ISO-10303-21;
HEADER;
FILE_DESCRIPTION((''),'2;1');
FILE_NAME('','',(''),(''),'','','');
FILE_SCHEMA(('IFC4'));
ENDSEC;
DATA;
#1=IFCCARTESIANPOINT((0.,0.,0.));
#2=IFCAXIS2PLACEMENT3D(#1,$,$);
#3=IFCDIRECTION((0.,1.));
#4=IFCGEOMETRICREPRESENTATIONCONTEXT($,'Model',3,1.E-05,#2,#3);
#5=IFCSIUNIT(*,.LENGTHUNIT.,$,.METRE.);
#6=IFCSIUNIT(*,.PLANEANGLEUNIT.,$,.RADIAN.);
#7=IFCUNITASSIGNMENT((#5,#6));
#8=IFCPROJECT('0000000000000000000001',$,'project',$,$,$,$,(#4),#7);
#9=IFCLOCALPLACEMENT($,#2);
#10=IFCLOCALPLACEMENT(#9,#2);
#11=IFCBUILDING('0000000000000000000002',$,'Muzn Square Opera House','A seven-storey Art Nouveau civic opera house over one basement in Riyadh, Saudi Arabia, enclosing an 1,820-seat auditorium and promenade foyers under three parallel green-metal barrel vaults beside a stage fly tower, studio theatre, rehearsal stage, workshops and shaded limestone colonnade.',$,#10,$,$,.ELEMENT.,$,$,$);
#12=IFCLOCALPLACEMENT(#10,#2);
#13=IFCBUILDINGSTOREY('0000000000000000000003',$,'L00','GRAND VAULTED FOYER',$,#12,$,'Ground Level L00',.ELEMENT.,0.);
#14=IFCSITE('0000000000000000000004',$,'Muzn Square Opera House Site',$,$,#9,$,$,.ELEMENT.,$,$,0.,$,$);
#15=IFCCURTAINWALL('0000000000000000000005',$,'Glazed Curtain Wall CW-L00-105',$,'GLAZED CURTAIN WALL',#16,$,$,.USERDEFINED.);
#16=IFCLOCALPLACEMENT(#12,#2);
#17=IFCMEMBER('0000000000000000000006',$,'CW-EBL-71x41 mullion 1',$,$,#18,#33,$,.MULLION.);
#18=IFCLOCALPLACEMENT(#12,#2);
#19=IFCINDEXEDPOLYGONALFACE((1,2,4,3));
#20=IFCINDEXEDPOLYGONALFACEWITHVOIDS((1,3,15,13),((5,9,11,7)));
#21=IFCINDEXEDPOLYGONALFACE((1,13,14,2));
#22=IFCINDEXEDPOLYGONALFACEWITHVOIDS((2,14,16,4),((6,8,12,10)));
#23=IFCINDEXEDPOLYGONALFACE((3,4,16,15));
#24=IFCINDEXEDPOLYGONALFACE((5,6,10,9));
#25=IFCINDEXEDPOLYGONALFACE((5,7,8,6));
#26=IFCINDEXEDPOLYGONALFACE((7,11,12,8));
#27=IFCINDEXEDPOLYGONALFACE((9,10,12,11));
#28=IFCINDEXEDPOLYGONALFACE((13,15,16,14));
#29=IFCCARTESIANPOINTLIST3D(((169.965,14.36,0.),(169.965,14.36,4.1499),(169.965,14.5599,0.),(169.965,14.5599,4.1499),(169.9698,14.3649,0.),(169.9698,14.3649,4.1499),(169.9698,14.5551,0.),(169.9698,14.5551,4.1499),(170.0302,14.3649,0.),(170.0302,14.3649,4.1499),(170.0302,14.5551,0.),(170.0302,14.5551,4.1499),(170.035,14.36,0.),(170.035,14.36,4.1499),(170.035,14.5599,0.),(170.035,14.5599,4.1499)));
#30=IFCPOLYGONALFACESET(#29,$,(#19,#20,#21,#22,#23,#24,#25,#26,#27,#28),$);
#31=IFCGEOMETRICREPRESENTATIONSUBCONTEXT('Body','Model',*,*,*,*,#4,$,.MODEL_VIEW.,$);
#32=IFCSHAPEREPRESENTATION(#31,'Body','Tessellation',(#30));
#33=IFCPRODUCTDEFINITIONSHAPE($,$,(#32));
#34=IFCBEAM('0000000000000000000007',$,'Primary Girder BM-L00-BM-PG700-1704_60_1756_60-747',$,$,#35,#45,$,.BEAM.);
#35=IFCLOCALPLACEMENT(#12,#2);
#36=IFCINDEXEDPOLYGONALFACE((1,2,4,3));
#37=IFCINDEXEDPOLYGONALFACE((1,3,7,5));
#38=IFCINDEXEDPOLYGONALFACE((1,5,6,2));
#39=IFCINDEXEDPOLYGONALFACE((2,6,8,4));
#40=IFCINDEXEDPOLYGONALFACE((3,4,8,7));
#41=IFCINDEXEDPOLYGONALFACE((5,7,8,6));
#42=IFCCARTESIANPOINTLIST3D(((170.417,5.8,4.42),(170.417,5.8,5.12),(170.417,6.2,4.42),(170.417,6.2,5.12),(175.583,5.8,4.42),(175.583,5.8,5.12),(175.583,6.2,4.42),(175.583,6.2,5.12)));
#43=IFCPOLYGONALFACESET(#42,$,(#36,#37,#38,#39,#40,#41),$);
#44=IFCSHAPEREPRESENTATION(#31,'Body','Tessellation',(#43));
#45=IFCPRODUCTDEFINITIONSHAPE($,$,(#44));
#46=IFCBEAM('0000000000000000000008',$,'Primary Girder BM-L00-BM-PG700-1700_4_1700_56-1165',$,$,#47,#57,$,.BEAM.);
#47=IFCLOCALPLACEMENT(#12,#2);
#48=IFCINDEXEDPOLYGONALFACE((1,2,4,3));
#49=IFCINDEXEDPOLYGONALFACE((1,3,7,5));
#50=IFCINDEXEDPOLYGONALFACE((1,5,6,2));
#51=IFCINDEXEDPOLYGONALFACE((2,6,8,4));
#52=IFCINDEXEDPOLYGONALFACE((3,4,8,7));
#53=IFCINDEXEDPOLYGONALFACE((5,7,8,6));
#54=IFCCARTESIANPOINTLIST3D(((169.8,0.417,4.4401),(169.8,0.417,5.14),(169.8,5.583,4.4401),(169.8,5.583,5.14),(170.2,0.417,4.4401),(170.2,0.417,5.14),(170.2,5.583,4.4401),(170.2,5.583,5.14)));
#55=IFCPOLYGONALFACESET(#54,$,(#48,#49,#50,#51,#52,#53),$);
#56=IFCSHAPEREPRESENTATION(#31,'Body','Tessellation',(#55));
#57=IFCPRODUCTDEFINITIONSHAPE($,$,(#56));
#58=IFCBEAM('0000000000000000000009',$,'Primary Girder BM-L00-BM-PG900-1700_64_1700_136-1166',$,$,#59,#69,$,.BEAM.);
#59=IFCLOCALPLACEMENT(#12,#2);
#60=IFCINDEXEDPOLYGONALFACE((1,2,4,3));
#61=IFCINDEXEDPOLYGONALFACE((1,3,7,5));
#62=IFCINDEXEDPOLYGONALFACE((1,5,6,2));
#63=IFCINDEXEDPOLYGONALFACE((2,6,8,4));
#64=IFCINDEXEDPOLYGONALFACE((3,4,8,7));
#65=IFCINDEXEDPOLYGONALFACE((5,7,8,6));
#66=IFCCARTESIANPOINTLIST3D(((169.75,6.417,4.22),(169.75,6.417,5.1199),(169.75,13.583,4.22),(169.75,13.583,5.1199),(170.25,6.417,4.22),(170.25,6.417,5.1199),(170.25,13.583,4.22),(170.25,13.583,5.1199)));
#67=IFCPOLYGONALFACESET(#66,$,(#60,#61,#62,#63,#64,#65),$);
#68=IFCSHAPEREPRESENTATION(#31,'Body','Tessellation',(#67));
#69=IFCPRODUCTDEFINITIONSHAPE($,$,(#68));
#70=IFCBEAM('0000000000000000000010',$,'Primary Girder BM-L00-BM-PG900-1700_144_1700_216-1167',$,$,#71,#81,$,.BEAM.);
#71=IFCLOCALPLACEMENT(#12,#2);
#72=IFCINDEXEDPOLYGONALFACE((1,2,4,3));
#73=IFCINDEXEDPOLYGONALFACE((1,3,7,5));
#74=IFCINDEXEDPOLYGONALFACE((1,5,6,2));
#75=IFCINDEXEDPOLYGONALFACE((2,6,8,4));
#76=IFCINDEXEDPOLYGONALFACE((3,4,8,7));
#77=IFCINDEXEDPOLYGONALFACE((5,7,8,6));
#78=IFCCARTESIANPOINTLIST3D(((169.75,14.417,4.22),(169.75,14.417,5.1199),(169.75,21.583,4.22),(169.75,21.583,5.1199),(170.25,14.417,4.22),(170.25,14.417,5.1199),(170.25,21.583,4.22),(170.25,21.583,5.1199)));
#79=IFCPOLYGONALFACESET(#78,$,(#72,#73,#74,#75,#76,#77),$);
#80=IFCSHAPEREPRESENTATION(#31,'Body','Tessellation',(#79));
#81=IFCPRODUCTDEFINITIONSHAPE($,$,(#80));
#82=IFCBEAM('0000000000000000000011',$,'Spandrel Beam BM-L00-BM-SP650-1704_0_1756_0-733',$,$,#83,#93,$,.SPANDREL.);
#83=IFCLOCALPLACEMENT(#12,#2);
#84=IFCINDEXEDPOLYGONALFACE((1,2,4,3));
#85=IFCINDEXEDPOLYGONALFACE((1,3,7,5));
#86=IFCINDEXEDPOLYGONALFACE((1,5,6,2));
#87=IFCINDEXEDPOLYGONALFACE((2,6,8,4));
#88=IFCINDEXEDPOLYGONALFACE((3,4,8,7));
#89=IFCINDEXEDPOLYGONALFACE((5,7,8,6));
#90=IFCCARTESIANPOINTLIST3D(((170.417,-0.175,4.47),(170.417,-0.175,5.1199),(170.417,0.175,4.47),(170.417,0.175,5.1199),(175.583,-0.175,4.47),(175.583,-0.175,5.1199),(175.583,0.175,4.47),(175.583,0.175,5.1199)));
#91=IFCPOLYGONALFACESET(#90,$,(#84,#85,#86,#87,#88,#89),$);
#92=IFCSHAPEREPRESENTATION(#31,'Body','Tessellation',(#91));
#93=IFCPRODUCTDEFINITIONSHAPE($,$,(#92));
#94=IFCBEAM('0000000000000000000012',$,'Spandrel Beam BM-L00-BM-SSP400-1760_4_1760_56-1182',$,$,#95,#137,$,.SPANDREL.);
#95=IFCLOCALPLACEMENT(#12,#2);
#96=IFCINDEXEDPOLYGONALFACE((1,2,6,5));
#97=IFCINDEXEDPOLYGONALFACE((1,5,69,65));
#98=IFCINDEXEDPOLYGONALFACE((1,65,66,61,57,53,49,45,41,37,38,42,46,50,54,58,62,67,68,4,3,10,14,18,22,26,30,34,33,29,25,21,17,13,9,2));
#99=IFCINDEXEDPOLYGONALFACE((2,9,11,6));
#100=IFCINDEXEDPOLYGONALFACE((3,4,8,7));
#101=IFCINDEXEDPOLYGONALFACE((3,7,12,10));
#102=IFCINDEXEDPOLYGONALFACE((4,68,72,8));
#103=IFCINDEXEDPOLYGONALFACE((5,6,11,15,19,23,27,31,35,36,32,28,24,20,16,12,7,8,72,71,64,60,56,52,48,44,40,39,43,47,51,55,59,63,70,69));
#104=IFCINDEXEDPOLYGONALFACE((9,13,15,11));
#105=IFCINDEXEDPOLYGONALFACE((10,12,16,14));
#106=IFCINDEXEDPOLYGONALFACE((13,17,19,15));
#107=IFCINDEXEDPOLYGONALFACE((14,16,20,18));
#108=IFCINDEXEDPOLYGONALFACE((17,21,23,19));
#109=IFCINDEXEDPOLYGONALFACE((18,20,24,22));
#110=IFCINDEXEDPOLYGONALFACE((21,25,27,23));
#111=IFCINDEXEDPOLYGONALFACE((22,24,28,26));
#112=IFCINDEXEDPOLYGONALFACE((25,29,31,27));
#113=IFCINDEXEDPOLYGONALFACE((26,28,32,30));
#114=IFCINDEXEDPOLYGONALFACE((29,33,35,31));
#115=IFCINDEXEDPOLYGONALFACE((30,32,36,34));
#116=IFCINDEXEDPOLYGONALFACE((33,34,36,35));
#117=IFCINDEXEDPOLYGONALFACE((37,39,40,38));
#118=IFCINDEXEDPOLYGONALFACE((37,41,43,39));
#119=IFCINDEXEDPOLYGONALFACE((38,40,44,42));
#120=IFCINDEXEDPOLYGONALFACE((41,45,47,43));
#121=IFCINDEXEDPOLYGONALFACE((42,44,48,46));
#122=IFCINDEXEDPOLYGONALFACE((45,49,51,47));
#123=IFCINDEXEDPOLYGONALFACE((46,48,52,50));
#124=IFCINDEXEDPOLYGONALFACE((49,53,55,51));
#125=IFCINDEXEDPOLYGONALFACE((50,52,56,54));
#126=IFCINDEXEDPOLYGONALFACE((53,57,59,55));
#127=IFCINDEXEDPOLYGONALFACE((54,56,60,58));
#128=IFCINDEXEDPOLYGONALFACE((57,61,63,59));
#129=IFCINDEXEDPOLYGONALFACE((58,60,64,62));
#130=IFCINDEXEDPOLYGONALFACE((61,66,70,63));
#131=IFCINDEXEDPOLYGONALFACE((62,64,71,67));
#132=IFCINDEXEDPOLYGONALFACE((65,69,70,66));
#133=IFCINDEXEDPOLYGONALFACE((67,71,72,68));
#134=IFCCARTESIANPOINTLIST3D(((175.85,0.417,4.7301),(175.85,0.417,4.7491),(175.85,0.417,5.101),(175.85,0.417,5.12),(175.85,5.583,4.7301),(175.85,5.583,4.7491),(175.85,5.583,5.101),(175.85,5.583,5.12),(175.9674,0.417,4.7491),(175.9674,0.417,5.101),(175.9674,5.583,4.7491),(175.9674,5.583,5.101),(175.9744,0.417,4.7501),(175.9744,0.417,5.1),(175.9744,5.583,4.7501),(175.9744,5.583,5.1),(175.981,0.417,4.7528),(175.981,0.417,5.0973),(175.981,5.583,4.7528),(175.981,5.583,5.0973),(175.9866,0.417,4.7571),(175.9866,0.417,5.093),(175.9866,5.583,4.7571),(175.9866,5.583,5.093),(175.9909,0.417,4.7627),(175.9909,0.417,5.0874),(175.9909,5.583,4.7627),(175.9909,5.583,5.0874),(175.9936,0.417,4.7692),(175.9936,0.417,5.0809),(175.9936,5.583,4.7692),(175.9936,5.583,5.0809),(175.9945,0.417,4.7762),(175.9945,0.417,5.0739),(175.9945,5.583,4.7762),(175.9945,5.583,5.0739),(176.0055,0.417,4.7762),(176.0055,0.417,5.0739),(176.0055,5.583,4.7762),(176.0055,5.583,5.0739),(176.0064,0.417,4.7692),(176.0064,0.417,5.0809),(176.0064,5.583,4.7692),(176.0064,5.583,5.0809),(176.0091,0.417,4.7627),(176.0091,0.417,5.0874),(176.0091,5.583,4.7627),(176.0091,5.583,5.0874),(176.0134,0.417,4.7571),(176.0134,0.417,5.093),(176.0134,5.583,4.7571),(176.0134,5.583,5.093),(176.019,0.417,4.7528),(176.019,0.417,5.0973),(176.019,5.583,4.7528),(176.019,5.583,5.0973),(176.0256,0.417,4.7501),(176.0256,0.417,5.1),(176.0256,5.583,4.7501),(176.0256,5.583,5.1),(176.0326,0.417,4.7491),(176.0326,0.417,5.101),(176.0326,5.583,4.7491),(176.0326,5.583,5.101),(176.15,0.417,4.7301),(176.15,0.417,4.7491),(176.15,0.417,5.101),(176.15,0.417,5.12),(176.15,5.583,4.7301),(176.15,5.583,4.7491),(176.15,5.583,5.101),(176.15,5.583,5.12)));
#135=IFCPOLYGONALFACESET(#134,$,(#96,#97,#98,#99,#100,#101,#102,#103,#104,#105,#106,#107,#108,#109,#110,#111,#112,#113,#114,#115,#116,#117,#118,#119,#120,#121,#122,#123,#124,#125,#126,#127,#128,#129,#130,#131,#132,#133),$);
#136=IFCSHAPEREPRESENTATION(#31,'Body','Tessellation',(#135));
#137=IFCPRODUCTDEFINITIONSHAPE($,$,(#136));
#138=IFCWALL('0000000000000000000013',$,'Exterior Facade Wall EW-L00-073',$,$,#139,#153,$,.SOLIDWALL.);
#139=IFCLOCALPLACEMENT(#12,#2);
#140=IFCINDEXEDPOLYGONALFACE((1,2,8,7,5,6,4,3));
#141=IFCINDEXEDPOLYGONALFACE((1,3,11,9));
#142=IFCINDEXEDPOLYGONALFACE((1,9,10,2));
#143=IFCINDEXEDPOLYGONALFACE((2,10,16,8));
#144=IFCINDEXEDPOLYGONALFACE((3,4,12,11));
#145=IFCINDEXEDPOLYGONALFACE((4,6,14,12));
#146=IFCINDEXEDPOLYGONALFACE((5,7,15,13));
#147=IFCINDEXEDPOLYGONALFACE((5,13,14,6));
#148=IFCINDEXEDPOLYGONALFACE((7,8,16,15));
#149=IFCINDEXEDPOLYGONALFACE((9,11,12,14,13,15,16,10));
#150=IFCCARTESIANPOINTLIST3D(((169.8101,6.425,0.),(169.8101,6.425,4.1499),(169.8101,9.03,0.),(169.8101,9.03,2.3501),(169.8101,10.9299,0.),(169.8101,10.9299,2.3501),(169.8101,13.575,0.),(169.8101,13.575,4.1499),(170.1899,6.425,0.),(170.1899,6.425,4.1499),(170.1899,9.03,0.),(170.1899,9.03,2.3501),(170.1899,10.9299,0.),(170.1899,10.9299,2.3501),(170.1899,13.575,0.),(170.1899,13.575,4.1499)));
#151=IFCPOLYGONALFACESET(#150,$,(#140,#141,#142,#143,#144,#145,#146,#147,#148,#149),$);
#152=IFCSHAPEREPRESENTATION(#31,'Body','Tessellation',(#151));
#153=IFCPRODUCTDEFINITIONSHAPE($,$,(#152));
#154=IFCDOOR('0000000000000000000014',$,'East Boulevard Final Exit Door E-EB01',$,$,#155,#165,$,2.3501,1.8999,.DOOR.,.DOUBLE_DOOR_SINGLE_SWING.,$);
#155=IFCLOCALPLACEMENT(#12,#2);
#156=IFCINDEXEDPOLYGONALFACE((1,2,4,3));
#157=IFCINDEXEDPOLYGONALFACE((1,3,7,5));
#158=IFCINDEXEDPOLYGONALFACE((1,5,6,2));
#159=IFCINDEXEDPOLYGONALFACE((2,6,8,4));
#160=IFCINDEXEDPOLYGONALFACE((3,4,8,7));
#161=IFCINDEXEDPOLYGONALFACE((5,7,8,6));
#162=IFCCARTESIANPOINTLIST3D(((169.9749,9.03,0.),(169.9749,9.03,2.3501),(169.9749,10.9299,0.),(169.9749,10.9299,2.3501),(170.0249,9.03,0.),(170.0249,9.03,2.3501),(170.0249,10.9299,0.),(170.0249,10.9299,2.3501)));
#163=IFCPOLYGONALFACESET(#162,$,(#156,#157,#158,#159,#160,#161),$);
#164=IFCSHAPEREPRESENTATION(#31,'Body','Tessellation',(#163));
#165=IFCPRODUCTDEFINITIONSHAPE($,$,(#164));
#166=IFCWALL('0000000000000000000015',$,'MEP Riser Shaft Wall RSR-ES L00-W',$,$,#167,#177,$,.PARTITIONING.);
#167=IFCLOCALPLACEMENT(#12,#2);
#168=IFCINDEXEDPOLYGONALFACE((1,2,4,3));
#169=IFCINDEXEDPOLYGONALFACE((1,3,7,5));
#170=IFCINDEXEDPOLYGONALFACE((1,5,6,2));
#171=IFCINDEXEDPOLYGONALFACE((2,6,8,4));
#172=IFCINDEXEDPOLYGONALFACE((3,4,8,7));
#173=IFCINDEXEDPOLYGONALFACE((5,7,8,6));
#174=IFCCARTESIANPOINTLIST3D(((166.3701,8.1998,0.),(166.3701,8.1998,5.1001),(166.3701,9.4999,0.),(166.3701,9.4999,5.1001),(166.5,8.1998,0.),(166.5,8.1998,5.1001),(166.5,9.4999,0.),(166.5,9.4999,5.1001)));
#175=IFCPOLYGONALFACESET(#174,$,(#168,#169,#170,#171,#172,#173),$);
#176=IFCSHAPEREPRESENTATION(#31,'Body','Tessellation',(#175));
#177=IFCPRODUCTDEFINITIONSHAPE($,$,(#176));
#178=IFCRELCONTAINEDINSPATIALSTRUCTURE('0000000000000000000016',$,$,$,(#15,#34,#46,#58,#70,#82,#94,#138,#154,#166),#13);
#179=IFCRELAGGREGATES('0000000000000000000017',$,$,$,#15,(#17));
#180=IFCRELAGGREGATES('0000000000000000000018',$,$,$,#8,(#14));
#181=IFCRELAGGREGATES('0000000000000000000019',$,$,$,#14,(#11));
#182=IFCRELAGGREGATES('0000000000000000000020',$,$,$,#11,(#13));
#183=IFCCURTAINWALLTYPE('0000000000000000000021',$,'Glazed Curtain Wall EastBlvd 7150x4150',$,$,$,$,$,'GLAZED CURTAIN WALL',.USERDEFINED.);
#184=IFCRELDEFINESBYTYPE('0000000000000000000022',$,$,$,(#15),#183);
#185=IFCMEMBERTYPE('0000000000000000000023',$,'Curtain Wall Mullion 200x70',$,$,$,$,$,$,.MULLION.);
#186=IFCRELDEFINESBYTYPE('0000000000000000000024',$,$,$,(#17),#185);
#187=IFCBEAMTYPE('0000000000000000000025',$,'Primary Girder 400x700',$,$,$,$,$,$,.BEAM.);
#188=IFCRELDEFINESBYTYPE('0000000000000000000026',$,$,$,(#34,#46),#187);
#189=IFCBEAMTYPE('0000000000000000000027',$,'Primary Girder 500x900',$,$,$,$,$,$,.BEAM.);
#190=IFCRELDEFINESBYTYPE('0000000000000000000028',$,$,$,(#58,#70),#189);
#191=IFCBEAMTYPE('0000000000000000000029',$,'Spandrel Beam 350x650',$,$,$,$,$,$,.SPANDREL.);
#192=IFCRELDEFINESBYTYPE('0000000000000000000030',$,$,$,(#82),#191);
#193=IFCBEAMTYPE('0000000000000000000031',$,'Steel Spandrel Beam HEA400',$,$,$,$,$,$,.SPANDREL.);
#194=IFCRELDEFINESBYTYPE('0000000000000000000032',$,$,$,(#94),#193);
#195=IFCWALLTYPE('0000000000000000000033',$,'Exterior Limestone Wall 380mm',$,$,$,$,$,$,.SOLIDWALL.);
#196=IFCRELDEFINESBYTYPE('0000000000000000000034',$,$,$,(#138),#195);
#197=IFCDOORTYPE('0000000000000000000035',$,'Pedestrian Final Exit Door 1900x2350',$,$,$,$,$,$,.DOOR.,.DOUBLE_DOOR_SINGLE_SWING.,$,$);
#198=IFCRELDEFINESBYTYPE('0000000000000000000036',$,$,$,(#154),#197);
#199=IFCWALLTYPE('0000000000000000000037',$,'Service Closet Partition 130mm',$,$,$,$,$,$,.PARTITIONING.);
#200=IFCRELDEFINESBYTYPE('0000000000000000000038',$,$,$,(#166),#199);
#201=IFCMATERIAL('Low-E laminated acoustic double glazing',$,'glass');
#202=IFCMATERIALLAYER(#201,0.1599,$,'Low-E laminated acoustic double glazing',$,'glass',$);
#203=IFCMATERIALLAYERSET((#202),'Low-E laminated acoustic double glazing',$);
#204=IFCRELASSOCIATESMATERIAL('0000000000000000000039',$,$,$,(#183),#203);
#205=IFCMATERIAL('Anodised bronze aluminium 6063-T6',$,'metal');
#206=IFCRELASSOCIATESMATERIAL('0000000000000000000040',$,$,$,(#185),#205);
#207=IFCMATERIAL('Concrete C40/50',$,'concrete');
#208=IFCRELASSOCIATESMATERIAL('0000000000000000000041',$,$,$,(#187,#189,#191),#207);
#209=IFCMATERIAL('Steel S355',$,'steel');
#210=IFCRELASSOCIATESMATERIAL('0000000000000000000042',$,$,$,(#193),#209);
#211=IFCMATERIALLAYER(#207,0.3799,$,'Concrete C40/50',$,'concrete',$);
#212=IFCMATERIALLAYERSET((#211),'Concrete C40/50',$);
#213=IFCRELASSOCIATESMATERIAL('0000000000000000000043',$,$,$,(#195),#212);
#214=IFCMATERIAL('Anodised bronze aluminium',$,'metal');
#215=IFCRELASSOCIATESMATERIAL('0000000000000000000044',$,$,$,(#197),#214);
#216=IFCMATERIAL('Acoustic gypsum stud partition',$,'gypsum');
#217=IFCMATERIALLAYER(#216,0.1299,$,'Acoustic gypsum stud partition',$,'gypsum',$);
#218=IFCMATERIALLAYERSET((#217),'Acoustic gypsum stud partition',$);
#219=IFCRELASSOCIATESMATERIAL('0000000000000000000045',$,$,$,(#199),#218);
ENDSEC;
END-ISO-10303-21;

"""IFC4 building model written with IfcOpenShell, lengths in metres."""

from ifc_helpers import new_model, si_unit, direction, frame, frame_2d, origin, origin_2d, place, context, subcontext, project, spatial, rectangle, hollow_rectangle, i_section, extrude, material, layer, layer_set, material_profile, profile_set, type_object, element, fill, aggregate, save


model = new_model("IFC4")

# Units and contexts
model_context = context("Model", 3, precision=1e-05, world=origin(), true_north=direction((0.0, 1.0)))
body_context = subcontext(model_context, "Body", "Model", "MODEL_VIEW")
ifc_project = project(units=[si_unit("LENGTHUNIT", "METRE"), si_unit("PLANEANGLEUNIT", "RADIAN")], contexts=[model_context])

# Site, building, storey
site_placement = place(None, origin())
site = spatial("IfcSite", under=ifc_project, at=site_placement, Name="Muzn Square Opera House Site", CompositionType="ELEMENT", RefElevation=0.0)
building_placement = place(site_placement, origin())
building = spatial("IfcBuilding", under=site, at=building_placement, Name="Muzn Square Opera House", Description="A seven-storey Art Nouveau civic opera house over one basement in Riyadh, Saudi Arabia, enclosing an 1,820-seat auditorium and promenade foyers under three parallel green-metal barrel vaults beside a stage fly tower, studio theatre, rehearsal stage, workshops and shaded limestone colonnade.", CompositionType="ELEMENT")
storey_placement = place(building_placement, origin())
storey = spatial("IfcBuildingStorey", under=building, at=storey_placement, Name="L00", Description="GRAND VAULTED FOYER", LongName="Ground Level L00", CompositionType="ELEMENT", Elevation=0.0)

# Curtain wall, member
ifc_material_1 = material(Name="Low-E laminated acoustic double glazing", Category="glass")
ifc_layer_1 = layer(ifc_material_1, 0.1599, Name="Low-E laminated acoustic double glazing", Category="glass")
ifc_layer_set_1 = layer_set([ifc_layer_1], Name="Low-E laminated acoustic double glazing")
curtain_wall_type = type_object("IfcCurtainWallType", Name="Glazed Curtain Wall EastBlvd 7150x4150", ElementType="GLAZED CURTAIN WALL", PredefinedType="USERDEFINED", material=ifc_layer_set_1)
curtain_wall_placement = place(storey_placement, origin())
curtain_wall = element("IfcCurtainWall", 1, at=curtain_wall_placement, inside=storey, type_object=curtain_wall_type, Name="Glazed Curtain Wall CW-L00-105", ObjectType="GLAZED CURTAIN WALL", PredefinedType="USERDEFINED")
ifc_material_2 = material(Name="Anodised bronze aluminium 6063-T6", Category="metal")
ifc_material_profile_1 = material_profile(ifc_material_2, hollow_rectangle(XDim=0.0701, YDim=0.2, WallThickness=0.0049, at=origin_2d()), Name="ALU 200x70x5", Category="metal")
ifc_profile_set_1 = profile_set([ifc_material_profile_1], Name="Anodised bronze aluminium 6063-T6")
member_type = type_object("IfcMemberType", Name="Curtain Wall Mullion 200x70", PredefinedType="MULLION", material=ifc_profile_set_1)
member_placement = place(storey_placement, frame((170.0, 14.46, 0.0), z_axis=(0.0, 0.0, 1.0), x_axis=(-1.0, 0.0, 0.0)))
member = element("IfcMember", 2, at=member_placement, type_object=member_type, Name="CW-EBL-71x41 mullion 1", PredefinedType="MULLION", context=body_context, shape_type="SweptSolid", body=[
    extrude(hollow_rectangle(XDim=0.0701, YDim=0.2, WallThickness=0.0049, at=origin_2d()), origin(), (0.0, 0.0, 1.0), 4.1499),
])
aggregate(curtain_wall, [member])

# Beams
ifc_material_3 = material(Name="Concrete C40/50", Category="concrete")
ifc_material_profile_2 = material_profile(ifc_material_3, rectangle(XDim=0.3999, YDim=0.7, at=origin_2d()), Name="RCB 400x700", Category="concrete")
ifc_profile_set_2 = profile_set([ifc_material_profile_2], Name="Concrete C40/50")
beam_type_1 = type_object("IfcBeamType", Name="Primary Girder 400x700", PredefinedType="BEAM", material=ifc_profile_set_2)
for number, where, z_axis, x_axis, name in (
    (3, (170.417, 6.0, 4.77), (1.0, 0.0, 0.0), (0.0, 1.0, 0.0), "Primary Girder BM-L00-BM-PG700-1704_60_1756_60-747"),
    (4, (170.0, 0.417, 4.79), (0.0, 1.0, 0.0), (-1.0, 0.0, 0.0), "Primary Girder BM-L00-BM-PG700-1700_4_1700_56-1165"),
):
    element("IfcBeam", number, at=place(storey_placement, frame(where, z_axis=z_axis, x_axis=x_axis)), inside=storey, type_object=beam_type_1, Name=name, PredefinedType="BEAM", context=body_context, shape_type="SweptSolid", body=[
        extrude(rectangle(XDim=0.3999, YDim=0.7, at=origin_2d()), origin(), (0.0, 0.0, 1.0), 5.166),
    ])
ifc_material_profile_3 = material_profile(ifc_material_3, rectangle(XDim=0.5, YDim=0.8999, at=origin_2d()), Name="RCB 500x900", Category="concrete")
ifc_profile_set_3 = profile_set([ifc_material_profile_3], Name="Concrete C40/50")
beam_type_2 = type_object("IfcBeamType", Name="Primary Girder 500x900", PredefinedType="BEAM", material=ifc_profile_set_3)
for number, where, z_axis, x_axis, name in (
    (5, (170.0, 6.417, 4.6699), (0.0, 1.0, 0.0), (-1.0, 0.0, 0.0), "Primary Girder BM-L00-BM-PG900-1700_64_1700_136-1166"),
    (6, (170.0, 14.417, 4.6699), (0.0, 1.0, 0.0), (-1.0, 0.0, 0.0), "Primary Girder BM-L00-BM-PG900-1700_144_1700_216-1167"),
):
    element("IfcBeam", number, at=place(storey_placement, frame(where, z_axis=z_axis, x_axis=x_axis)), inside=storey, type_object=beam_type_2, Name=name, PredefinedType="BEAM", context=body_context, shape_type="SweptSolid", body=[
        extrude(rectangle(XDim=0.5, YDim=0.8999, at=origin_2d()), origin(), (0.0, 0.0, 1.0), 7.166),
    ])
ifc_material_profile_4 = material_profile(ifc_material_3, rectangle(XDim=0.3501, YDim=0.6499, at=origin_2d()), Name="RCS 350x650", Category="concrete")
ifc_profile_set_4 = profile_set([ifc_material_profile_4], Name="Concrete C40/50")
beam_type_3 = type_object("IfcBeamType", Name="Spandrel Beam 350x650", PredefinedType="SPANDREL", material=ifc_profile_set_4)
beam_1_placement = place(storey_placement, frame((170.417, 0.0, 4.7949), z_axis=(1.0, 0.0, 0.0), x_axis=(0.0, 1.0, 0.0)))
element("IfcBeam", 7, at=beam_1_placement, inside=storey, type_object=beam_type_3, Name="Spandrel Beam BM-L00-BM-SP650-1704_0_1756_0-733", PredefinedType="SPANDREL", context=body_context, shape_type="SweptSolid", body=[
    extrude(rectangle(XDim=0.3501, YDim=0.6499, at=origin_2d()), origin(), (0.0, 0.0, 1.0), 5.166),
])
ifc_material_4 = material(Name="Steel S355", Category="steel")
ifc_material_profile_5 = material_profile(ifc_material_4, i_section(OverallWidth=0.3, OverallDepth=0.3899, WebThickness=0.011, FlangeThickness=0.019, FilletRadius=0.0271, at=origin_2d()), Name="HEA 400", Category="steel")
ifc_profile_set_5 = profile_set([ifc_material_profile_5], Name="Steel S355")
beam_type_4 = type_object("IfcBeamType", Name="Steel Spandrel Beam HEA400", PredefinedType="SPANDREL", material=ifc_profile_set_5)
beam_2_placement = place(storey_placement, frame((176.0, 0.417, 4.925), z_axis=(0.0, 1.0, 0.0), x_axis=(-1.0, 0.0, 0.0)))
element("IfcBeam", 8, at=beam_2_placement, inside=storey, type_object=beam_type_4, Name="Spandrel Beam BM-L00-BM-SSP400-1760_4_1760_56-1182", PredefinedType="SPANDREL", context=body_context, shape_type="SweptSolid", body=[
    extrude(i_section(OverallWidth=0.3, OverallDepth=0.3899, WebThickness=0.011, FlangeThickness=0.019, FilletRadius=0.0271, at=origin_2d()), origin(), (0.0, 0.0, 1.0), 5.166),
])

# Wall, opening, door
ifc_layer_2 = layer(ifc_material_3, 0.3799, Name="Concrete C40/50", Category="concrete")
ifc_layer_set_2 = layer_set([ifc_layer_2], Name="Concrete C40/50")
wall_type_1 = type_object("IfcWallType", Name="Exterior Limestone Wall 380mm", PredefinedType="SOLIDWALL", material=ifc_layer_set_2)
wall_placement = place(storey_placement, frame((170.0, 6.425, 0.0), z_axis=(0.0, 0.0, 1.0), x_axis=(0.0, 1.0, 0.0)))
wall = element("IfcWall", 9, at=wall_placement, inside=storey, type_object=wall_type_1, Name="Exterior Facade Wall EW-L00-073", PredefinedType="SOLIDWALL", context=body_context, shape_type="SweptSolid", body=[
    extrude(rectangle(XDim=7.1499, YDim=0.3799, at=frame_2d((3.575, 0.0))), origin(), (0.0, 0.0, 1.0), 4.1499),
])
opening_placement = place(wall_placement, frame((4.5049, 0.0, 0.0), z_axis=(0.0, 0.0, 1.0), x_axis=(-1.0, 0.0, 0.0)))
opening = element("IfcOpeningElement", 10, at=opening_placement, cuts=wall, PredefinedType="OPENING", context=body_context, shape_type="SweptSolid", body=[
    extrude(rectangle(XDim=1.8999, YDim=2.3501, at=frame_2d((0.95, 1.175))), frame((0.0, 0.2, 0.0), z_axis=(0.0, -1.0, 0.0), x_axis=(1.0, 0.0, 0.0)), (0.0, 0.0, 1.0), 0.3999),
])
ifc_material_5 = material(Name="Anodised bronze aluminium", Category="metal")
door_type = type_object("IfcDoorType", Name="Pedestrian Final Exit Door 1900x2350", OperationType="DOUBLE_DOOR_SINGLE_SWING", PredefinedType="DOOR", material=ifc_material_5)
door_placement = place(opening_placement, origin())
door = element("IfcDoor", 11, at=door_placement, inside=storey, type_object=door_type, Name="East Boulevard Final Exit Door E-EB01", OperationType="DOUBLE_DOOR_SINGLE_SWING", OverallHeight=2.3501, OverallWidth=1.8999, PredefinedType="DOOR", context=body_context, shape_type="SweptSolid", body=[
    extrude(rectangle(XDim=1.8999, YDim=2.3501, at=frame_2d((0.95, 1.175))), frame((0.0, 0.0249, 0.0), z_axis=(0.0, -1.0, 0.0), x_axis=(1.0, 0.0, 0.0)), (0.0, 0.0, 1.0), 0.05),
])
fill(opening, door)

# Wall
ifc_material_6 = material(Name="Acoustic gypsum stud partition", Category="gypsum")
ifc_layer_3 = layer(ifc_material_6, 0.1299, Name="Acoustic gypsum stud partition", Category="gypsum")
ifc_layer_set_3 = layer_set([ifc_layer_3], Name="Acoustic gypsum stud partition")
wall_type_2 = type_object("IfcWallType", Name="Service Closet Partition 130mm", PredefinedType="PARTITIONING", material=ifc_layer_set_3)
for number, where, z_axis, x_axis, name in (
    (12, (166.4351, 8.2, 0.0), (0.0, 0.0, 1.0), (0.0, 1.0, 0.0), "MEP Riser Shaft Wall RSR-ES L00-W"),
):
    element("IfcWall", number, at=place(storey_placement, frame(where, z_axis=z_axis, x_axis=x_axis)), inside=storey, type_object=wall_type_2, Name=name, PredefinedType="PARTITIONING", context=body_context, shape_type="SweptSolid", body=[
        extrude(rectangle(XDim=1.3, YDim=0.1299, at=frame_2d((0.6499, 0.0))), origin(), (0.0, 0.0, 1.0), 5.1001),
    ])

save(model, "model.ifc")
